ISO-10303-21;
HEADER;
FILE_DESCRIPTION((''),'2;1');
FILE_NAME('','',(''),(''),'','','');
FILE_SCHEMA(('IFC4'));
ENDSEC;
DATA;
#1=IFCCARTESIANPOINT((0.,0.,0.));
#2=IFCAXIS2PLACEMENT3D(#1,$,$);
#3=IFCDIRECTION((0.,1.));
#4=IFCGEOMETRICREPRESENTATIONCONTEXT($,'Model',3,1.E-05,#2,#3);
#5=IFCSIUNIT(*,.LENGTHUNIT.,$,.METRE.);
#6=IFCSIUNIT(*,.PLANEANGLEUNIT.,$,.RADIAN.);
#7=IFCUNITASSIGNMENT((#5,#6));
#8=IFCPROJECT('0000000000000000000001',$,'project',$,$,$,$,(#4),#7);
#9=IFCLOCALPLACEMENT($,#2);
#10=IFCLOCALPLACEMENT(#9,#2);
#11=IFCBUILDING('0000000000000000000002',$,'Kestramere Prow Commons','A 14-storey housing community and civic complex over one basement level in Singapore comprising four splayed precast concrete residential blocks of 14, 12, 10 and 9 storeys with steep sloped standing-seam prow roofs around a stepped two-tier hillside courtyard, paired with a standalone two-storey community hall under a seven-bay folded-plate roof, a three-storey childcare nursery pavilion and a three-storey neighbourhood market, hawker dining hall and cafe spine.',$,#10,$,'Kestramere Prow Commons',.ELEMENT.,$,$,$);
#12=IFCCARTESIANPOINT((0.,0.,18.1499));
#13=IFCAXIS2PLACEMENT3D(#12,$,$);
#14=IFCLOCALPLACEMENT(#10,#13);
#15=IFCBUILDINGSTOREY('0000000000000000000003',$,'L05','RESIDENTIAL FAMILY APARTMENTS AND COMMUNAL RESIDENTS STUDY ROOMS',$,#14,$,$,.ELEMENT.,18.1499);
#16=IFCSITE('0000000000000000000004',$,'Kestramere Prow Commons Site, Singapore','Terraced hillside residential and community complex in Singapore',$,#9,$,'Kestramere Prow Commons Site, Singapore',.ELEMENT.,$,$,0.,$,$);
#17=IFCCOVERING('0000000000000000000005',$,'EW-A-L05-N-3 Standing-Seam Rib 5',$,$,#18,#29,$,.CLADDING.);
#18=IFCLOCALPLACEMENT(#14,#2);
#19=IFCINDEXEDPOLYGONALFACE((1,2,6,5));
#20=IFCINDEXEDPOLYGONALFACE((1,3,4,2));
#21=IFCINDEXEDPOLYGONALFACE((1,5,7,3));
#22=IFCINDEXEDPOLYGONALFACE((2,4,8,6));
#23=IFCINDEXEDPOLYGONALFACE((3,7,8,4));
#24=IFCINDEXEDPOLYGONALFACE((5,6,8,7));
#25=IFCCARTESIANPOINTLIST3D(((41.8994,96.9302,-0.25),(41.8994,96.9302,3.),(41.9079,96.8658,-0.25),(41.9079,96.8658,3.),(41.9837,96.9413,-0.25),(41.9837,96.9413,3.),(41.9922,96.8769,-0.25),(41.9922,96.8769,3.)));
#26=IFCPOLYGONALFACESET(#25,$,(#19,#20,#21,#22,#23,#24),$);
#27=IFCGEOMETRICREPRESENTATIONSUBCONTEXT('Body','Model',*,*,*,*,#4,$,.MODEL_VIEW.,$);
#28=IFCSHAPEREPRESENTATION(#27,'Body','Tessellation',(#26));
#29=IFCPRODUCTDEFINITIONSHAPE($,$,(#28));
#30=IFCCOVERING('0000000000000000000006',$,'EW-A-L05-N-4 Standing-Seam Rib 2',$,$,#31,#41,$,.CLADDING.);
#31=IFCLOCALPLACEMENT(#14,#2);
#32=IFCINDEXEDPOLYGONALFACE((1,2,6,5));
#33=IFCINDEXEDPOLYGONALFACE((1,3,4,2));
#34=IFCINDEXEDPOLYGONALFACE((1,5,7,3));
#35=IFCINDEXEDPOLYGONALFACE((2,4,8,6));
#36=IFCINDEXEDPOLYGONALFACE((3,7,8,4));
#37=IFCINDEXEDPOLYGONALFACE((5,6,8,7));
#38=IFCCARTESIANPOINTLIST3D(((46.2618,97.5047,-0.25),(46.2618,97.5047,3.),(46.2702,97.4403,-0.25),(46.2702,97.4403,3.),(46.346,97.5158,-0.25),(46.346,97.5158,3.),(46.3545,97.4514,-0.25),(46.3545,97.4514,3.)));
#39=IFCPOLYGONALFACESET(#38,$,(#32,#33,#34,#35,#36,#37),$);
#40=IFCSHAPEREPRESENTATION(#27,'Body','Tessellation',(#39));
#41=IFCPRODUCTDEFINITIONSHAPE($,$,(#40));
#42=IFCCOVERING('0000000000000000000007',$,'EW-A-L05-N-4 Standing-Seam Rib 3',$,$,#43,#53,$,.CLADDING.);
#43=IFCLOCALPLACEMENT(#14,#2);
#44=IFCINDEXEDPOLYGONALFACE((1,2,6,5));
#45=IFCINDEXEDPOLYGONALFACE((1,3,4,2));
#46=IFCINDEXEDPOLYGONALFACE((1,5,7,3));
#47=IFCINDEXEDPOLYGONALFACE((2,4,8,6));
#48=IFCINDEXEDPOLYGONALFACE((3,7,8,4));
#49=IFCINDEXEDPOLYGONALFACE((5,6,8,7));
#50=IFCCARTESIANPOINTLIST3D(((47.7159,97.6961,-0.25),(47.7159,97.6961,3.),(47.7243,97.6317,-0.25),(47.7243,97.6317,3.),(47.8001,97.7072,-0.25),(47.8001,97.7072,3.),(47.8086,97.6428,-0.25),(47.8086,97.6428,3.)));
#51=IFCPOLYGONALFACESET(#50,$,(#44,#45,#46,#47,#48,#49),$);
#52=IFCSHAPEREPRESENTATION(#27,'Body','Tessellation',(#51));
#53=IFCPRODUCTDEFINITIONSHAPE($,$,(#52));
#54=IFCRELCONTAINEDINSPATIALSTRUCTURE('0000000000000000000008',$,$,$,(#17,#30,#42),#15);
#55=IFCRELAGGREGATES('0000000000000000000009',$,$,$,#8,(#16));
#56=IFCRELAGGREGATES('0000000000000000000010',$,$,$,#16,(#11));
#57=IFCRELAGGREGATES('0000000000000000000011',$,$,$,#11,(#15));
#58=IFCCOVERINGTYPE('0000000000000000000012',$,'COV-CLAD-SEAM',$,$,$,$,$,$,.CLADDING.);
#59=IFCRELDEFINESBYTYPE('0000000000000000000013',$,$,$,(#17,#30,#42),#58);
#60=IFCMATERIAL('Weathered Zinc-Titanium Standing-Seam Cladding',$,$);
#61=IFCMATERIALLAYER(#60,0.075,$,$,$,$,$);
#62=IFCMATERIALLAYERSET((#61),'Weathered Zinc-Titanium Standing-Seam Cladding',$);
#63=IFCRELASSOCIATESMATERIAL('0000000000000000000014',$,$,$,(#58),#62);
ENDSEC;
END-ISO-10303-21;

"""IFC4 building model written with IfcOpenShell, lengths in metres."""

from ifc_helpers import new_model, si_unit, direction, frame, origin, origin_2d, place, context, subcontext, project, spatial, rectangle, extrude, material, layer, layer_set, type_object, element, save


model = new_model("IFC4")

# Units and contexts
model_context = context("Model", 3, precision=1e-05, world=origin(), true_north=direction((0.0, 1.0)))
body_context = subcontext(model_context, "Body", "Model", "MODEL_VIEW")
ifc_project = project(units=[si_unit("LENGTHUNIT", "METRE"), si_unit("PLANEANGLEUNIT", "RADIAN")], contexts=[model_context])

# Site, building, storey
site_placement = place(None, origin())
site = spatial("IfcSite", under=ifc_project, at=site_placement, Name="Kestramere Prow Commons Site, Singapore", Description="Terraced hillside residential and community complex in Singapore", LongName="Kestramere Prow Commons Site, Singapore", CompositionType="ELEMENT", RefElevation=0.0)
building_placement = place(site_placement, origin())
building = spatial("IfcBuilding", under=site, at=building_placement, Name="Kestramere Prow Commons", Description="A 14-storey housing community and civic complex over one basement level in Singapore comprising four splayed precast concrete residential blocks of 14, 12, 10 and 9 storeys with steep sloped standing-seam prow roofs around a stepped two-tier hillside courtyard, paired with a standalone two-storey community hall under a seven-bay folded-plate roof, a three-storey childcare nursery pavilion and a three-storey neighbourhood market, hawker dining hall and cafe spine.", LongName="Kestramere Prow Commons", CompositionType="ELEMENT")
storey_placement = place(building_placement, frame((0.0, 0.0, 18.1499)))
storey = spatial("IfcBuildingStorey", under=building, at=storey_placement, Name="L05", Description="RESIDENTIAL FAMILY APARTMENTS AND COMMUNAL RESIDENTS STUDY ROOMS", CompositionType="ELEMENT", Elevation=18.1499)

# Coverings
ifc_material_1 = material(Name="Weathered Zinc-Titanium Standing-Seam Cladding")
ifc_layer_1 = layer(ifc_material_1, 0.075)
ifc_layer_set_1 = layer_set([ifc_layer_1], Name="Weathered Zinc-Titanium Standing-Seam Cladding")
covering_type = type_object("IfcCoveringType", Name="COV-CLAD-SEAM", PredefinedType="CLADDING", material=ifc_layer_set_1)
for number, where, z_axis, x_axis, name in (
    (1, (41.9458, 96.9036, -0.25), (0.0, 0.0, 1.0), (0.991445, 0.130526, 0.0), "EW-A-L05-N-3 Standing-Seam Rib 5"),
    (2, (46.3081, 97.478, -0.25), (0.0, 0.0, 1.0), (0.991445, 0.130526, 0.0), "EW-A-L05-N-4 Standing-Seam Rib 2"),
    (3, (47.7622, 97.6694, -0.25), (0.0, 0.0, 1.0), (0.991445, 0.130526, 0.0), "EW-A-L05-N-4 Standing-Seam Rib 3"),
):
    element("IfcCovering", number, at=place(storey_placement, frame(where, z_axis=z_axis, x_axis=x_axis)), inside=storey, type_object=covering_type, Name=name, PredefinedType="CLADDING", context=body_context, shape_type="SweptSolid", body=[
        extrude(rectangle(XDim=0.085, YDim=0.0649, at=origin_2d()), origin(), (0.0, 0.0, 1.0), 3.25),
    ])

save(model, "model.ifc")
